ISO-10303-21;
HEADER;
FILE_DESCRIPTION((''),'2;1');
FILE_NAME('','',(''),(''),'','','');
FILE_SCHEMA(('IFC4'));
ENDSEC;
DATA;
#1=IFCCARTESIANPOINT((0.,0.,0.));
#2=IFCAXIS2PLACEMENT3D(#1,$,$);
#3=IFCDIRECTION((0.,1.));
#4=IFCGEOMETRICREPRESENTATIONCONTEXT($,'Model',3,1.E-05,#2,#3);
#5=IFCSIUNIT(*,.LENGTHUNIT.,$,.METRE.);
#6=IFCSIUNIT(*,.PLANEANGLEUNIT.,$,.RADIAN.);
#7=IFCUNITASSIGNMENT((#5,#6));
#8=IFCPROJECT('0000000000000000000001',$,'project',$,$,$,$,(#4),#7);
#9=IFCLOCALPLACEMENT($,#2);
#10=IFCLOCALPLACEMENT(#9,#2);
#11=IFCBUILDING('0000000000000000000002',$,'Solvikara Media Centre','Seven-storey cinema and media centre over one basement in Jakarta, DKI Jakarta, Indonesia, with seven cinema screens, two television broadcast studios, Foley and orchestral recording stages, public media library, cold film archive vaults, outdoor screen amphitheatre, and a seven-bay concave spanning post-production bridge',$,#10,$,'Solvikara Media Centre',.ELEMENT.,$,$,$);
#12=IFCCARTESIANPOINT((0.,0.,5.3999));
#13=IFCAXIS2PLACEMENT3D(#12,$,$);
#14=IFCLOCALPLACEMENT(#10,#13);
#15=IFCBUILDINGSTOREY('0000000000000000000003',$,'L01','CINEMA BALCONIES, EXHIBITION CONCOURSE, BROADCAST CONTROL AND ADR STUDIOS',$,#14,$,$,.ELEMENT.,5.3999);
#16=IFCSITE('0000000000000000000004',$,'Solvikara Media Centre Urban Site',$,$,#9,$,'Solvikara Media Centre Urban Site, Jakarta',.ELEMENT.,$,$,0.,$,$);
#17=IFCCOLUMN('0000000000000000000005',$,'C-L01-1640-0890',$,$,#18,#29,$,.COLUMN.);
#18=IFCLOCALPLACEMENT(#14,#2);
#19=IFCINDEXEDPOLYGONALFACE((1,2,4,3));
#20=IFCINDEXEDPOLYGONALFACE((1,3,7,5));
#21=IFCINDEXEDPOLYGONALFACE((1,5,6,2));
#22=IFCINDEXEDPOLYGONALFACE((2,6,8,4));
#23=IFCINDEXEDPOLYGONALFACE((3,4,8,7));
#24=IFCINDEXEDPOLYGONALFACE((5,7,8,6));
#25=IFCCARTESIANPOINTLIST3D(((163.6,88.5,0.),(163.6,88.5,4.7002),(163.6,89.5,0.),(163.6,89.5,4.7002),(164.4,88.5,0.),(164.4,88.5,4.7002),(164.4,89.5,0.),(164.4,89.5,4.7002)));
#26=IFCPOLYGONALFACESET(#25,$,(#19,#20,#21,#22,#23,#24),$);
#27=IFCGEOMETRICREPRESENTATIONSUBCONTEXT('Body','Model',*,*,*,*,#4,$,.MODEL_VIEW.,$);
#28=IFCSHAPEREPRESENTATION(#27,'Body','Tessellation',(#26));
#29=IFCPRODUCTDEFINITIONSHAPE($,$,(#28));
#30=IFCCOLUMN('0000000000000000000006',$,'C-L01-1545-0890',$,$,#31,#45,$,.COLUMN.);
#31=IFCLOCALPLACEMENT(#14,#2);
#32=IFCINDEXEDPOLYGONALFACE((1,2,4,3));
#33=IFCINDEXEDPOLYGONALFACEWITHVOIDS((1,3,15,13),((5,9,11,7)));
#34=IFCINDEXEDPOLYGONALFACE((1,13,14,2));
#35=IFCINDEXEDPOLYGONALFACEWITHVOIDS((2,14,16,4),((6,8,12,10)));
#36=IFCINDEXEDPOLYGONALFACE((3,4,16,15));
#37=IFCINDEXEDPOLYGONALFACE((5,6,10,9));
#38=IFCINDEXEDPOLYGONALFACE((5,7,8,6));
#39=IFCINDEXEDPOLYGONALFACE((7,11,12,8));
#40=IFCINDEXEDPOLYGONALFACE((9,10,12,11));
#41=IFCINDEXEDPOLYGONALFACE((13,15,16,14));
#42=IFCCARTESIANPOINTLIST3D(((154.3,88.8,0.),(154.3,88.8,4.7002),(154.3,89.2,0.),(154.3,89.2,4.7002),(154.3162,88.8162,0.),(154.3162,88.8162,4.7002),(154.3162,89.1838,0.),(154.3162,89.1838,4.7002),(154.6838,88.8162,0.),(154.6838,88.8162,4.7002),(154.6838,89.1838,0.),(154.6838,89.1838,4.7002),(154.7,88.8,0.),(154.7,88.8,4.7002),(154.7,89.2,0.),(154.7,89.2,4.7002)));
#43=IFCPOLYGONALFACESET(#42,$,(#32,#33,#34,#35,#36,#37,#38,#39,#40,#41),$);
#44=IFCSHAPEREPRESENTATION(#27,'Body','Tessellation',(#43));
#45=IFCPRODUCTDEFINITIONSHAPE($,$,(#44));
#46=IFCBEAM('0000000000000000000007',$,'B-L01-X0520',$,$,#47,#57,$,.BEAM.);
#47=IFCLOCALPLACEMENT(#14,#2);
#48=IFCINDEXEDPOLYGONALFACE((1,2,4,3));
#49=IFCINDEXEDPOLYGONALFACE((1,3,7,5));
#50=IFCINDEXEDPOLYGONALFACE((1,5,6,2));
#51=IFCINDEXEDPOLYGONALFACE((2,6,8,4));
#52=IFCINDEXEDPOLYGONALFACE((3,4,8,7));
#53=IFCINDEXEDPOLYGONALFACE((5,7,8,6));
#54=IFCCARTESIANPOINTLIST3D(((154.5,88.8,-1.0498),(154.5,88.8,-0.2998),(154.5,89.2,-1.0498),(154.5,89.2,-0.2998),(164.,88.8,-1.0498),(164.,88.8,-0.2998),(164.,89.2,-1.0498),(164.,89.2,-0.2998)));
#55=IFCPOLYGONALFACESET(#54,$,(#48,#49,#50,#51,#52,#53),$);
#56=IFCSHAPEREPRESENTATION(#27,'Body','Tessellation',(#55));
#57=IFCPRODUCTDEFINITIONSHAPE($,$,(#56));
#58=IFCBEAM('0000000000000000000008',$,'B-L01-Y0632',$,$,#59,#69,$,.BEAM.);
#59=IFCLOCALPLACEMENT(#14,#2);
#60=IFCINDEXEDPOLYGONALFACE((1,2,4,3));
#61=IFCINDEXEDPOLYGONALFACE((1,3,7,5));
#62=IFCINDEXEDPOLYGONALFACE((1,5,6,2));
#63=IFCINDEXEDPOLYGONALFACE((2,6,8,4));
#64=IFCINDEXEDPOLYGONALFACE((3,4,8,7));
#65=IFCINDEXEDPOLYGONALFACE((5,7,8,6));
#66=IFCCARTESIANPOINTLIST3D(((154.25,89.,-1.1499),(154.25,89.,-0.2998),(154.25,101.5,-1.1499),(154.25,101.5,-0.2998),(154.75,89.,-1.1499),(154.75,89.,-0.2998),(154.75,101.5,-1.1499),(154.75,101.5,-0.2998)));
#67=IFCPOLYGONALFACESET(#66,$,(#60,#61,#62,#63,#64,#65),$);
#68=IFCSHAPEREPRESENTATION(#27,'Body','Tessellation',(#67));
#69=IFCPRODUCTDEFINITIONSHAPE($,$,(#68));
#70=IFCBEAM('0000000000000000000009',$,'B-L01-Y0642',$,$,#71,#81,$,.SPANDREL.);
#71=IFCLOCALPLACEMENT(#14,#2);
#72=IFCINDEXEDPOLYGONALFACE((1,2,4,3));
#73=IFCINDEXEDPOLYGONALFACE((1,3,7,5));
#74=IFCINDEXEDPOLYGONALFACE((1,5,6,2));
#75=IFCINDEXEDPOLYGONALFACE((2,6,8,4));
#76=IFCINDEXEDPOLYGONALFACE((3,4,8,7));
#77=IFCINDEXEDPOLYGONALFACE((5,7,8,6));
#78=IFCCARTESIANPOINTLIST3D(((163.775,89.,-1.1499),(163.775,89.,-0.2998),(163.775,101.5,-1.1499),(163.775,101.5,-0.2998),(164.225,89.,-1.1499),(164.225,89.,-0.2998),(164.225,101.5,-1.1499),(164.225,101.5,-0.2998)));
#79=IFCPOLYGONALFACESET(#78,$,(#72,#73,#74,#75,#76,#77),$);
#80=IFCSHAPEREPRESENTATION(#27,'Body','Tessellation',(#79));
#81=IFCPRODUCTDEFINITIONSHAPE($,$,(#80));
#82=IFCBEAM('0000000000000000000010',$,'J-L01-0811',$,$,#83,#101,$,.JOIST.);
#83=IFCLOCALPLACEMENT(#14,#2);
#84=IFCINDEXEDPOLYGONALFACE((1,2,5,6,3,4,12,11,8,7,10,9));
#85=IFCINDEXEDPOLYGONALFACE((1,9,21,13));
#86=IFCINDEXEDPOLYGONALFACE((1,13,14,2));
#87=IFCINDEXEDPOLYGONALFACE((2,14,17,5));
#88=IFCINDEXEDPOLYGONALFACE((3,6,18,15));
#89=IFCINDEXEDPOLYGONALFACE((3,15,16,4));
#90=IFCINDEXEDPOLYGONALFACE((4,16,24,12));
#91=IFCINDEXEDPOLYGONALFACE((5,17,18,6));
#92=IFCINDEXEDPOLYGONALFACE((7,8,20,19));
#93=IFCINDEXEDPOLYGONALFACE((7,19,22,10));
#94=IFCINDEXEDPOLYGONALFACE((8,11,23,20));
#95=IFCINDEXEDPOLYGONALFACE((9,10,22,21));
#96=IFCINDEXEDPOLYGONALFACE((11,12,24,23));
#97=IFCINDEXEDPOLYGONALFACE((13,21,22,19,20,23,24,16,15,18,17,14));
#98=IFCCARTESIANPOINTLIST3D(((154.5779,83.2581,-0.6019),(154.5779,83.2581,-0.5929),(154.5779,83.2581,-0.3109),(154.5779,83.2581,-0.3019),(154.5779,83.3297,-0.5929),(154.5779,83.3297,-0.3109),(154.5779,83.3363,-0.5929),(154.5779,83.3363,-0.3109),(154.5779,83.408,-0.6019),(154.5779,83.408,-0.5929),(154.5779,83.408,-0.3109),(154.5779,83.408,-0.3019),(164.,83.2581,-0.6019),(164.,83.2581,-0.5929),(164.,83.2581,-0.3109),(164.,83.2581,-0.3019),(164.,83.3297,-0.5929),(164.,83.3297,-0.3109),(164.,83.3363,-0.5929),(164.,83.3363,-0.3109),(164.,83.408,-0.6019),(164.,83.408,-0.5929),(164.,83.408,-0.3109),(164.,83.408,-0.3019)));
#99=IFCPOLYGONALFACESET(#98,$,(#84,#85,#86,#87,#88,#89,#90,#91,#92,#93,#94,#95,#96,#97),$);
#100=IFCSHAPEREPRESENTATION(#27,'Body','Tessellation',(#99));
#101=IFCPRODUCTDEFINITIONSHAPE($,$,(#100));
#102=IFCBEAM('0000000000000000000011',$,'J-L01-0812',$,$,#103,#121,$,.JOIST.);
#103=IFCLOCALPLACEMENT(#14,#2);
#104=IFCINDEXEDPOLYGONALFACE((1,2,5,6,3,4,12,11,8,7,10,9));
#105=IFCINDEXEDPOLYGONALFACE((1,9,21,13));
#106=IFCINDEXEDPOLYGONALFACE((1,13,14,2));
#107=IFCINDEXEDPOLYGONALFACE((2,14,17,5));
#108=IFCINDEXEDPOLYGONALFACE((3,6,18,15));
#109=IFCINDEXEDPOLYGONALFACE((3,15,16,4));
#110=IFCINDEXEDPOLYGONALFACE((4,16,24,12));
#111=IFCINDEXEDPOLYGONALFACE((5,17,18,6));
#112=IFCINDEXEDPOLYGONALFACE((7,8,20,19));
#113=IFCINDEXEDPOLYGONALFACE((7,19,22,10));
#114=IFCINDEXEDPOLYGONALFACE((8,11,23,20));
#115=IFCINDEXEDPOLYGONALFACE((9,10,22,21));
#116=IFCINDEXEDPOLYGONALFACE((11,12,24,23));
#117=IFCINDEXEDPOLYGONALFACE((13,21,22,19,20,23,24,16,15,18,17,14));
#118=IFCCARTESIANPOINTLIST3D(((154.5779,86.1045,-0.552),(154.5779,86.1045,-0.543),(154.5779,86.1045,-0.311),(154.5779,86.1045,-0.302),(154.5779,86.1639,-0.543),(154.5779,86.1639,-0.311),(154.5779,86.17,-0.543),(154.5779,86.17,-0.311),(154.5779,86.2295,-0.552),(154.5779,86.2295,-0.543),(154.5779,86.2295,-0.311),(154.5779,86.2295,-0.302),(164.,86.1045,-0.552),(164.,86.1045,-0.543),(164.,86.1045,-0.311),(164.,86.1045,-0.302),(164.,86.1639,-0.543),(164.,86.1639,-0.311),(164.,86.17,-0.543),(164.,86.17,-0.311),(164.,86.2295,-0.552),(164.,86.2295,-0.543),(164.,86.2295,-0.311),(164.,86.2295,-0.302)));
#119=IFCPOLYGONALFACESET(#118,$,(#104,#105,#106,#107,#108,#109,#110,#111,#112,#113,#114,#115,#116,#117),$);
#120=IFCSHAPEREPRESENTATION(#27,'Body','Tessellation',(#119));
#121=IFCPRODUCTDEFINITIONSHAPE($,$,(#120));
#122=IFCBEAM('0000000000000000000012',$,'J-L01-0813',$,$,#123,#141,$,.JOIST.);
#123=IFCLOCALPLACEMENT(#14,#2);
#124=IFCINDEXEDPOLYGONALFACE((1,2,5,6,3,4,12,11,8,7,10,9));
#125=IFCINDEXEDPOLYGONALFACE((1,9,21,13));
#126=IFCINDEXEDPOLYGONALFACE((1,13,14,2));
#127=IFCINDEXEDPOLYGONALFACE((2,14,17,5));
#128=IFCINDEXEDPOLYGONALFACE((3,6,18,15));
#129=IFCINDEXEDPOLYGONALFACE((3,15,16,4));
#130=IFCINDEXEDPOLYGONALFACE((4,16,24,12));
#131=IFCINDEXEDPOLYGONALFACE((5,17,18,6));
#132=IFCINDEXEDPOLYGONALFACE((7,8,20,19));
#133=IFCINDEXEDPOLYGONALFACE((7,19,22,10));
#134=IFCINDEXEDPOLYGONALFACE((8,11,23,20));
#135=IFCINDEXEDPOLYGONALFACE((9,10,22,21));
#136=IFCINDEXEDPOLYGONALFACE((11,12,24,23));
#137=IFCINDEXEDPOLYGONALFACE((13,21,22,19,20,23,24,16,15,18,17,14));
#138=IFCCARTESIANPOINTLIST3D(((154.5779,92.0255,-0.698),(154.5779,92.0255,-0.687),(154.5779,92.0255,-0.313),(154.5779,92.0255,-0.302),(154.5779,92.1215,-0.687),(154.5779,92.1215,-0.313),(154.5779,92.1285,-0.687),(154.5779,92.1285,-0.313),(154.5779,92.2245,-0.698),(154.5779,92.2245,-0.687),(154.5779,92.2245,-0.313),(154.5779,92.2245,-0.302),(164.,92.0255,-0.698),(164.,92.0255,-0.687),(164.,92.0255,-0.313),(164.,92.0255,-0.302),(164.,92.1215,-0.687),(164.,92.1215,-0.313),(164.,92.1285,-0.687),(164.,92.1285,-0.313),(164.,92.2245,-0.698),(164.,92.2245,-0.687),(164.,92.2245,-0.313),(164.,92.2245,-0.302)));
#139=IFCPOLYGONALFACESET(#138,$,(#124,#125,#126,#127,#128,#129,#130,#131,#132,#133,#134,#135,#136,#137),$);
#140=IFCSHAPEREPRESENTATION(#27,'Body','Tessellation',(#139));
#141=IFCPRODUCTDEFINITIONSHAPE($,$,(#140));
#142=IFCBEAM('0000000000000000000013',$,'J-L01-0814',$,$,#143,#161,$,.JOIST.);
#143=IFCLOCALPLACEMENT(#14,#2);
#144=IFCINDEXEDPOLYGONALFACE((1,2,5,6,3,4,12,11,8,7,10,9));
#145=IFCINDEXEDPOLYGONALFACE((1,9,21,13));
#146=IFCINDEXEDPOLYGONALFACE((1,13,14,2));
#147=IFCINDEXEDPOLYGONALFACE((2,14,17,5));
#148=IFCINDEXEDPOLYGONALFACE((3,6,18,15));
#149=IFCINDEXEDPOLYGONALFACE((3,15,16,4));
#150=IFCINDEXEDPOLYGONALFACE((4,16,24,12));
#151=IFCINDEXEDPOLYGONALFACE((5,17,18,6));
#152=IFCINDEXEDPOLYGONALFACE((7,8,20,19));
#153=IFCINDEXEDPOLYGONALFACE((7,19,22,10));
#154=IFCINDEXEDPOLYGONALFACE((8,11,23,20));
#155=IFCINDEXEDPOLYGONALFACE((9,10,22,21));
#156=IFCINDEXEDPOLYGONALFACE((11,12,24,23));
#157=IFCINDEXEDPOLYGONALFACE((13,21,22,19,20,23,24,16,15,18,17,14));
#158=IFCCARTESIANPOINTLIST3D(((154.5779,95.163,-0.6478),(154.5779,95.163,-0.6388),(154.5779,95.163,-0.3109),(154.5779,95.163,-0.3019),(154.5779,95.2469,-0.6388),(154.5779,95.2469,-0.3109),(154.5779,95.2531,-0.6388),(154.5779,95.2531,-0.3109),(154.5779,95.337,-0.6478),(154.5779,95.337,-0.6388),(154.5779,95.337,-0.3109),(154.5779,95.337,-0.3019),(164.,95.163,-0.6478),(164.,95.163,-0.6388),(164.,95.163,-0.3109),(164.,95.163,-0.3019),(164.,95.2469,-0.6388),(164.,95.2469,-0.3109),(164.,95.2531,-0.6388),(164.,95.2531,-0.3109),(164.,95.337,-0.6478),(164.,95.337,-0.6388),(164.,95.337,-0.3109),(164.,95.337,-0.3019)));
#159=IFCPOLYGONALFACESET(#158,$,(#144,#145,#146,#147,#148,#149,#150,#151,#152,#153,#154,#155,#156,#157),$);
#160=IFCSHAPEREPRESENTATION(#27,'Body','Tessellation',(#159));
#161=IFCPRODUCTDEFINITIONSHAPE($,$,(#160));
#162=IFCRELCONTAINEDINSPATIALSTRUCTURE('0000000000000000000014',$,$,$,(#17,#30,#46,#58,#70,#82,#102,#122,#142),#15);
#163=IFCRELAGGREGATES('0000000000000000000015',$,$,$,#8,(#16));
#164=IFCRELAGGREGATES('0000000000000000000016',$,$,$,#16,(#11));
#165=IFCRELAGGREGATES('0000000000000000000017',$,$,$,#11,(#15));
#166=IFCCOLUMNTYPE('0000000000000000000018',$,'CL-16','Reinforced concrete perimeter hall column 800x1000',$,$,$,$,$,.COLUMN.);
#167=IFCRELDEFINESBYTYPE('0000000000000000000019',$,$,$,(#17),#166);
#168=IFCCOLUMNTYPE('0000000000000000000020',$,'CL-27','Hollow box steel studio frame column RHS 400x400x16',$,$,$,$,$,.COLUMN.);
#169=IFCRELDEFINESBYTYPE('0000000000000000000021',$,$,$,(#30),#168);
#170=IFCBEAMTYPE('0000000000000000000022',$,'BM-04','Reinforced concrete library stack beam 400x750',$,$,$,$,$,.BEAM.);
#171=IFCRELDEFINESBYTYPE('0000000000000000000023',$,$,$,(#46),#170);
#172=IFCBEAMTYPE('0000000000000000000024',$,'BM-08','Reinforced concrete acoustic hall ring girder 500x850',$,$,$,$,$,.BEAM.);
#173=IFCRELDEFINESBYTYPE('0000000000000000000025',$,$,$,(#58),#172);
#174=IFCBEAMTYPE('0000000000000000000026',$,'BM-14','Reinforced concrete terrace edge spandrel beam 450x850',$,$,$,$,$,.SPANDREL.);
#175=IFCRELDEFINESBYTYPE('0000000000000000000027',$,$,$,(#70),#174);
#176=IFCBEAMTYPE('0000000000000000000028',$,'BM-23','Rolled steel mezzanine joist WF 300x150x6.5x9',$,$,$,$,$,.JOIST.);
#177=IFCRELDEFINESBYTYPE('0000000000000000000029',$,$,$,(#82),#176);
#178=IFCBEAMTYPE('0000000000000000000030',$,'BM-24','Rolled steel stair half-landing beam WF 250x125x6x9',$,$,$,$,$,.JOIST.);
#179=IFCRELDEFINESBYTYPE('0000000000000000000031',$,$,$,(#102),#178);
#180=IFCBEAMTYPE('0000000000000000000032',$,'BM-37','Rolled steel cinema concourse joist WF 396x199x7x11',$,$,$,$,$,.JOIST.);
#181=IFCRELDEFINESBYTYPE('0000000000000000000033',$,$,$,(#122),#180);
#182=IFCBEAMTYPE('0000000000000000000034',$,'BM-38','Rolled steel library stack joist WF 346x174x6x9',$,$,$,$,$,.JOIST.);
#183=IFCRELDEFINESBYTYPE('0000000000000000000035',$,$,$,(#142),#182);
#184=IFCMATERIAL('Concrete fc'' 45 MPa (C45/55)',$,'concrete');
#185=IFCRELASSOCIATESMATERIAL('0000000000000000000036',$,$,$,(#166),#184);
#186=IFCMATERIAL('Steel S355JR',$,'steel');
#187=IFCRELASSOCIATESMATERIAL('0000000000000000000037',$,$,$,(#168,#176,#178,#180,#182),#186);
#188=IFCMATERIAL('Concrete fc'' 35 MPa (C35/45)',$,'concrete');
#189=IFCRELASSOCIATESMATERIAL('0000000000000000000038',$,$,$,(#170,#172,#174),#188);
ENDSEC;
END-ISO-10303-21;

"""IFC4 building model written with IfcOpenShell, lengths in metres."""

from ifc_helpers import new_model, si_unit, direction, frame, origin, origin_2d, place, context, subcontext, project, spatial, rectangle, hollow_rectangle, i_section, extrude, material, material_profile, profile_set, type_object, element, save


model = new_model("IFC4")

# Units and contexts
model_context = context("Model", 3, precision=1e-05, world=origin(), true_north=direction((0.0, 1.0)))
body_context = subcontext(model_context, "Body", "Model", "MODEL_VIEW")
ifc_project = project(units=[si_unit("LENGTHUNIT", "METRE"), si_unit("PLANEANGLEUNIT", "RADIAN")], contexts=[model_context])

# Site, building, storey
site_placement = place(None, origin())
site = spatial("IfcSite", under=ifc_project, at=site_placement, Name="Solvikara Media Centre Urban Site", LongName="Solvikara Media Centre Urban Site, Jakarta", CompositionType="ELEMENT", RefElevation=0.0)
building_placement = place(site_placement, origin())
building = spatial("IfcBuilding", under=site, at=building_placement, Name="Solvikara Media Centre", Description="Seven-storey cinema and media centre over one basement in Jakarta, DKI Jakarta, Indonesia, with seven cinema screens, two television broadcast studios, Foley and orchestral recording stages, public media library, cold film archive vaults, outdoor screen amphitheatre, and a seven-bay concave spanning post-production bridge", LongName="Solvikara Media Centre", CompositionType="ELEMENT")
storey_placement = place(building_placement, frame((0.0, 0.0, 5.3999)))
storey = spatial("IfcBuildingStorey", under=building, at=storey_placement, Name="L01", Description="CINEMA BALCONIES, EXHIBITION CONCOURSE, BROADCAST CONTROL AND ADR STUDIOS", CompositionType="ELEMENT", Elevation=5.3999)

# Columns
ifc_material_1 = material(Name="Concrete fc' 45 MPa (C45/55)", Category="concrete")
ifc_material_profile_1 = material_profile(ifc_material_1, rectangle(XDim=0.8, YDim=1.0, at=origin_2d()), Name="RC 800x1000")
ifc_profile_set_1 = profile_set([ifc_material_profile_1], Name="Concrete fc' 45 MPa (C45/55)")
column_type_1 = type_object("IfcColumnType", Name="CL-16", Description="Reinforced concrete perimeter hall column 800x1000", PredefinedType="COLUMN", material=ifc_profile_set_1)
column_1_placement = place(storey_placement, frame((164.0, 89.0, 0.0), z_axis=(0.0, 0.0, 1.0), x_axis=(1.0, 0.0, 0.0)))
element("IfcColumn", 1, at=column_1_placement, inside=storey, type_object=column_type_1, Name="C-L01-1640-0890", PredefinedType="COLUMN", context=body_context, shape_type="SweptSolid", body=[
    extrude(rectangle(XDim=0.8, YDim=1.0, at=origin_2d()), origin(), (0.0, 0.0, 1.0), 4.7002),
])
ifc_material_2 = material(Name="Steel S355JR", Category="steel")
ifc_material_profile_2 = material_profile(ifc_material_2, hollow_rectangle(XDim=0.3999, YDim=0.3999, WallThickness=0.0161, at=origin_2d()), Name="RHS 400x400x16")
ifc_profile_set_2 = profile_set([ifc_material_profile_2], Name="Steel S355JR")
column_type_2 = type_object("IfcColumnType", Name="CL-27", Description="Hollow box steel studio frame column RHS 400x400x16", PredefinedType="COLUMN", material=ifc_profile_set_2)
column_2_placement = place(storey_placement, frame((154.5, 89.0, 0.0), z_axis=(0.0, 0.0, 1.0), x_axis=(1.0, 0.0, 0.0)))
element("IfcColumn", 2, at=column_2_placement, inside=storey, type_object=column_type_2, Name="C-L01-1545-0890", PredefinedType="COLUMN", context=body_context, shape_type="SweptSolid", body=[
    extrude(hollow_rectangle(XDim=0.3999, YDim=0.3999, WallThickness=0.0161, at=origin_2d()), origin(), (0.0, 0.0, 1.0), 4.7002),
])

# Beams
ifc_material_3 = material(Name="Concrete fc' 35 MPa (C35/45)", Category="concrete")
ifc_material_profile_3 = material_profile(ifc_material_3, rectangle(XDim=0.3999, YDim=0.75, at=origin_2d()), Name="RC 400x750")
ifc_profile_set_3 = profile_set([ifc_material_profile_3], Name="Concrete fc' 35 MPa (C35/45)")
beam_type_1 = type_object("IfcBeamType", Name="BM-04", Description="Reinforced concrete library stack beam 400x750", PredefinedType="BEAM", material=ifc_profile_set_3)
beam_1_placement = place(storey_placement, frame((154.5, 89.0, -0.6748), z_axis=(1.0, 0.0, 0.0), x_axis=(0.0, 1.0, 0.0)))
element("IfcBeam", 3, at=beam_1_placement, inside=storey, type_object=beam_type_1, Name="B-L01-X0520", PredefinedType="BEAM", context=body_context, shape_type="SweptSolid", body=[
    extrude(rectangle(XDim=0.3999, YDim=0.75, at=origin_2d()), origin(), (0.0, 0.0, 1.0), 9.5),
])
ifc_material_profile_4 = material_profile(ifc_material_3, rectangle(XDim=0.5, YDim=0.8501, at=origin_2d()), Name="RC 500x850")
ifc_profile_set_4 = profile_set([ifc_material_profile_4], Name="Concrete fc' 35 MPa (C35/45)")
beam_type_2 = type_object("IfcBeamType", Name="BM-08", Description="Reinforced concrete acoustic hall ring girder 500x850", PredefinedType="BEAM", material=ifc_profile_set_4)
beam_2_placement = place(storey_placement, frame((154.5, 89.0, -0.7249), z_axis=(0.0, 1.0, 0.0), x_axis=(-1.0, 0.0, 0.0)))
element("IfcBeam", 4, at=beam_2_placement, inside=storey, type_object=beam_type_2, Name="B-L01-Y0632", PredefinedType="BEAM", context=body_context, shape_type="SweptSolid", body=[
    extrude(rectangle(XDim=0.5, YDim=0.8501, at=origin_2d()), origin(), (0.0, 0.0, 1.0), 12.5),
])
ifc_material_profile_5 = material_profile(ifc_material_3, rectangle(XDim=0.45, YDim=0.8501, at=origin_2d()), Name="RC 450x850")
ifc_profile_set_5 = profile_set([ifc_material_profile_5], Name="Concrete fc' 35 MPa (C35/45)")
beam_type_3 = type_object("IfcBeamType", Name="BM-14", Description="Reinforced concrete terrace edge spandrel beam 450x850", PredefinedType="SPANDREL", material=ifc_profile_set_5)
beam_3_placement = place(storey_placement, frame((164.0, 89.0, -0.7249), z_axis=(0.0, 1.0, 0.0), x_axis=(-1.0, 0.0, 0.0)))
element("IfcBeam", 5, at=beam_3_placement, inside=storey, type_object=beam_type_3, Name="B-L01-Y0642", PredefinedType="SPANDREL", context=body_context, shape_type="SweptSolid", body=[
    extrude(rectangle(XDim=0.45, YDim=0.8501, at=origin_2d()), origin(), (0.0, 0.0, 1.0), 12.5),
])
ifc_material_profile_6 = material_profile(ifc_material_2, i_section(OverallWidth=0.1499, OverallDepth=0.3, WebThickness=0.0066, FlangeThickness=0.009, at=origin_2d()), Name="WF 300x150x6.5x9")
ifc_profile_set_6 = profile_set([ifc_material_profile_6], Name="Steel S355JR")
beam_type_4 = type_object("IfcBeamType", Name="BM-23", Description="Rolled steel mezzanine joist WF 300x150x6.5x9", PredefinedType="JOIST", material=ifc_profile_set_6)
beam_4_placement = place(storey_placement, frame((154.5779, 83.333, -0.4519), z_axis=(1.0, 0.0, 0.0), x_axis=(0.0, 1.0, 0.0)))
element("IfcBeam", 6, at=beam_4_placement, inside=storey, type_object=beam_type_4, Name="J-L01-0811", PredefinedType="JOIST", context=body_context, shape_type="SweptSolid", body=[
    extrude(i_section(OverallWidth=0.1499, OverallDepth=0.3, WebThickness=0.0066, FlangeThickness=0.009, at=origin_2d()), origin(), (0.0, 0.0, 1.0), 9.4221),
])
ifc_material_profile_7 = material_profile(ifc_material_2, i_section(OverallWidth=0.125, OverallDepth=0.25, WebThickness=0.0061, FlangeThickness=0.009, at=origin_2d()), Name="WF 250x125x6x9")
ifc_profile_set_7 = profile_set([ifc_material_profile_7], Name="Steel S355JR")
beam_type_5 = type_object("IfcBeamType", Name="BM-24", Description="Rolled steel stair half-landing beam WF 250x125x6x9", PredefinedType="JOIST", material=ifc_profile_set_7)
beam_5_placement = place(storey_placement, frame((154.5779, 86.167, -0.427), z_axis=(1.0, 0.0, 0.0), x_axis=(0.0, 1.0, 0.0)))
element("IfcBeam", 7, at=beam_5_placement, inside=storey, type_object=beam_type_5, Name="J-L01-0812", PredefinedType="JOIST", context=body_context, shape_type="SweptSolid", body=[
    extrude(i_section(OverallWidth=0.125, OverallDepth=0.25, WebThickness=0.0061, FlangeThickness=0.009, at=origin_2d()), origin(), (0.0, 0.0, 1.0), 9.4221),
])
ifc_material_profile_8 = material_profile(ifc_material_2, i_section(OverallWidth=0.199, OverallDepth=0.396, WebThickness=0.0071, FlangeThickness=0.011, at=origin_2d()), Name="WF 396x199x7x11")
ifc_profile_set_8 = profile_set([ifc_material_profile_8], Name="Steel S355JR")
beam_type_6 = type_object("IfcBeamType", Name="BM-37", Description="Rolled steel cinema concourse joist WF 396x199x7x11", PredefinedType="JOIST", material=ifc_profile_set_8)
beam_6_placement = place(storey_placement, frame((154.5779, 92.125, -0.5), z_axis=(1.0, 0.0, 0.0), x_axis=(0.0, 1.0, 0.0)))
element("IfcBeam", 8, at=beam_6_placement, inside=storey, type_object=beam_type_6, Name="J-L01-0813", PredefinedType="JOIST", context=body_context, shape_type="SweptSolid", body=[
    extrude(i_section(OverallWidth=0.199, OverallDepth=0.396, WebThickness=0.0071, FlangeThickness=0.011, at=origin_2d()), origin(), (0.0, 0.0, 1.0), 9.4221),
])
ifc_material_profile_9 = material_profile(ifc_material_2, i_section(OverallWidth=0.1741, OverallDepth=0.3459, WebThickness=0.0061, FlangeThickness=0.009, at=origin_2d()), Name="WF 346x174x6x9")
ifc_profile_set_9 = profile_set([ifc_material_profile_9], Name="Steel S355JR")
beam_type_7 = type_object("IfcBeamType", Name="BM-38", Description="Rolled steel library stack joist WF 346x174x6x9", PredefinedType="JOIST", material=ifc_profile_set_9)
beam_7_placement = place(storey_placement, frame((154.5779, 95.25, -0.4749), z_axis=(1.0, 0.0, 0.0), x_axis=(0.0, 1.0, 0.0)))
element("IfcBeam", 9, at=beam_7_placement, inside=storey, type_object=beam_type_7, Name="J-L01-0814", PredefinedType="JOIST", context=body_context, shape_type="SweptSolid", body=[
    extrude(i_section(OverallWidth=0.1741, OverallDepth=0.3459, WebThickness=0.0061, FlangeThickness=0.009, at=origin_2d()), origin(), (0.0, 0.0, 1.0), 9.4221),
])

save(model, "model.ifc")
